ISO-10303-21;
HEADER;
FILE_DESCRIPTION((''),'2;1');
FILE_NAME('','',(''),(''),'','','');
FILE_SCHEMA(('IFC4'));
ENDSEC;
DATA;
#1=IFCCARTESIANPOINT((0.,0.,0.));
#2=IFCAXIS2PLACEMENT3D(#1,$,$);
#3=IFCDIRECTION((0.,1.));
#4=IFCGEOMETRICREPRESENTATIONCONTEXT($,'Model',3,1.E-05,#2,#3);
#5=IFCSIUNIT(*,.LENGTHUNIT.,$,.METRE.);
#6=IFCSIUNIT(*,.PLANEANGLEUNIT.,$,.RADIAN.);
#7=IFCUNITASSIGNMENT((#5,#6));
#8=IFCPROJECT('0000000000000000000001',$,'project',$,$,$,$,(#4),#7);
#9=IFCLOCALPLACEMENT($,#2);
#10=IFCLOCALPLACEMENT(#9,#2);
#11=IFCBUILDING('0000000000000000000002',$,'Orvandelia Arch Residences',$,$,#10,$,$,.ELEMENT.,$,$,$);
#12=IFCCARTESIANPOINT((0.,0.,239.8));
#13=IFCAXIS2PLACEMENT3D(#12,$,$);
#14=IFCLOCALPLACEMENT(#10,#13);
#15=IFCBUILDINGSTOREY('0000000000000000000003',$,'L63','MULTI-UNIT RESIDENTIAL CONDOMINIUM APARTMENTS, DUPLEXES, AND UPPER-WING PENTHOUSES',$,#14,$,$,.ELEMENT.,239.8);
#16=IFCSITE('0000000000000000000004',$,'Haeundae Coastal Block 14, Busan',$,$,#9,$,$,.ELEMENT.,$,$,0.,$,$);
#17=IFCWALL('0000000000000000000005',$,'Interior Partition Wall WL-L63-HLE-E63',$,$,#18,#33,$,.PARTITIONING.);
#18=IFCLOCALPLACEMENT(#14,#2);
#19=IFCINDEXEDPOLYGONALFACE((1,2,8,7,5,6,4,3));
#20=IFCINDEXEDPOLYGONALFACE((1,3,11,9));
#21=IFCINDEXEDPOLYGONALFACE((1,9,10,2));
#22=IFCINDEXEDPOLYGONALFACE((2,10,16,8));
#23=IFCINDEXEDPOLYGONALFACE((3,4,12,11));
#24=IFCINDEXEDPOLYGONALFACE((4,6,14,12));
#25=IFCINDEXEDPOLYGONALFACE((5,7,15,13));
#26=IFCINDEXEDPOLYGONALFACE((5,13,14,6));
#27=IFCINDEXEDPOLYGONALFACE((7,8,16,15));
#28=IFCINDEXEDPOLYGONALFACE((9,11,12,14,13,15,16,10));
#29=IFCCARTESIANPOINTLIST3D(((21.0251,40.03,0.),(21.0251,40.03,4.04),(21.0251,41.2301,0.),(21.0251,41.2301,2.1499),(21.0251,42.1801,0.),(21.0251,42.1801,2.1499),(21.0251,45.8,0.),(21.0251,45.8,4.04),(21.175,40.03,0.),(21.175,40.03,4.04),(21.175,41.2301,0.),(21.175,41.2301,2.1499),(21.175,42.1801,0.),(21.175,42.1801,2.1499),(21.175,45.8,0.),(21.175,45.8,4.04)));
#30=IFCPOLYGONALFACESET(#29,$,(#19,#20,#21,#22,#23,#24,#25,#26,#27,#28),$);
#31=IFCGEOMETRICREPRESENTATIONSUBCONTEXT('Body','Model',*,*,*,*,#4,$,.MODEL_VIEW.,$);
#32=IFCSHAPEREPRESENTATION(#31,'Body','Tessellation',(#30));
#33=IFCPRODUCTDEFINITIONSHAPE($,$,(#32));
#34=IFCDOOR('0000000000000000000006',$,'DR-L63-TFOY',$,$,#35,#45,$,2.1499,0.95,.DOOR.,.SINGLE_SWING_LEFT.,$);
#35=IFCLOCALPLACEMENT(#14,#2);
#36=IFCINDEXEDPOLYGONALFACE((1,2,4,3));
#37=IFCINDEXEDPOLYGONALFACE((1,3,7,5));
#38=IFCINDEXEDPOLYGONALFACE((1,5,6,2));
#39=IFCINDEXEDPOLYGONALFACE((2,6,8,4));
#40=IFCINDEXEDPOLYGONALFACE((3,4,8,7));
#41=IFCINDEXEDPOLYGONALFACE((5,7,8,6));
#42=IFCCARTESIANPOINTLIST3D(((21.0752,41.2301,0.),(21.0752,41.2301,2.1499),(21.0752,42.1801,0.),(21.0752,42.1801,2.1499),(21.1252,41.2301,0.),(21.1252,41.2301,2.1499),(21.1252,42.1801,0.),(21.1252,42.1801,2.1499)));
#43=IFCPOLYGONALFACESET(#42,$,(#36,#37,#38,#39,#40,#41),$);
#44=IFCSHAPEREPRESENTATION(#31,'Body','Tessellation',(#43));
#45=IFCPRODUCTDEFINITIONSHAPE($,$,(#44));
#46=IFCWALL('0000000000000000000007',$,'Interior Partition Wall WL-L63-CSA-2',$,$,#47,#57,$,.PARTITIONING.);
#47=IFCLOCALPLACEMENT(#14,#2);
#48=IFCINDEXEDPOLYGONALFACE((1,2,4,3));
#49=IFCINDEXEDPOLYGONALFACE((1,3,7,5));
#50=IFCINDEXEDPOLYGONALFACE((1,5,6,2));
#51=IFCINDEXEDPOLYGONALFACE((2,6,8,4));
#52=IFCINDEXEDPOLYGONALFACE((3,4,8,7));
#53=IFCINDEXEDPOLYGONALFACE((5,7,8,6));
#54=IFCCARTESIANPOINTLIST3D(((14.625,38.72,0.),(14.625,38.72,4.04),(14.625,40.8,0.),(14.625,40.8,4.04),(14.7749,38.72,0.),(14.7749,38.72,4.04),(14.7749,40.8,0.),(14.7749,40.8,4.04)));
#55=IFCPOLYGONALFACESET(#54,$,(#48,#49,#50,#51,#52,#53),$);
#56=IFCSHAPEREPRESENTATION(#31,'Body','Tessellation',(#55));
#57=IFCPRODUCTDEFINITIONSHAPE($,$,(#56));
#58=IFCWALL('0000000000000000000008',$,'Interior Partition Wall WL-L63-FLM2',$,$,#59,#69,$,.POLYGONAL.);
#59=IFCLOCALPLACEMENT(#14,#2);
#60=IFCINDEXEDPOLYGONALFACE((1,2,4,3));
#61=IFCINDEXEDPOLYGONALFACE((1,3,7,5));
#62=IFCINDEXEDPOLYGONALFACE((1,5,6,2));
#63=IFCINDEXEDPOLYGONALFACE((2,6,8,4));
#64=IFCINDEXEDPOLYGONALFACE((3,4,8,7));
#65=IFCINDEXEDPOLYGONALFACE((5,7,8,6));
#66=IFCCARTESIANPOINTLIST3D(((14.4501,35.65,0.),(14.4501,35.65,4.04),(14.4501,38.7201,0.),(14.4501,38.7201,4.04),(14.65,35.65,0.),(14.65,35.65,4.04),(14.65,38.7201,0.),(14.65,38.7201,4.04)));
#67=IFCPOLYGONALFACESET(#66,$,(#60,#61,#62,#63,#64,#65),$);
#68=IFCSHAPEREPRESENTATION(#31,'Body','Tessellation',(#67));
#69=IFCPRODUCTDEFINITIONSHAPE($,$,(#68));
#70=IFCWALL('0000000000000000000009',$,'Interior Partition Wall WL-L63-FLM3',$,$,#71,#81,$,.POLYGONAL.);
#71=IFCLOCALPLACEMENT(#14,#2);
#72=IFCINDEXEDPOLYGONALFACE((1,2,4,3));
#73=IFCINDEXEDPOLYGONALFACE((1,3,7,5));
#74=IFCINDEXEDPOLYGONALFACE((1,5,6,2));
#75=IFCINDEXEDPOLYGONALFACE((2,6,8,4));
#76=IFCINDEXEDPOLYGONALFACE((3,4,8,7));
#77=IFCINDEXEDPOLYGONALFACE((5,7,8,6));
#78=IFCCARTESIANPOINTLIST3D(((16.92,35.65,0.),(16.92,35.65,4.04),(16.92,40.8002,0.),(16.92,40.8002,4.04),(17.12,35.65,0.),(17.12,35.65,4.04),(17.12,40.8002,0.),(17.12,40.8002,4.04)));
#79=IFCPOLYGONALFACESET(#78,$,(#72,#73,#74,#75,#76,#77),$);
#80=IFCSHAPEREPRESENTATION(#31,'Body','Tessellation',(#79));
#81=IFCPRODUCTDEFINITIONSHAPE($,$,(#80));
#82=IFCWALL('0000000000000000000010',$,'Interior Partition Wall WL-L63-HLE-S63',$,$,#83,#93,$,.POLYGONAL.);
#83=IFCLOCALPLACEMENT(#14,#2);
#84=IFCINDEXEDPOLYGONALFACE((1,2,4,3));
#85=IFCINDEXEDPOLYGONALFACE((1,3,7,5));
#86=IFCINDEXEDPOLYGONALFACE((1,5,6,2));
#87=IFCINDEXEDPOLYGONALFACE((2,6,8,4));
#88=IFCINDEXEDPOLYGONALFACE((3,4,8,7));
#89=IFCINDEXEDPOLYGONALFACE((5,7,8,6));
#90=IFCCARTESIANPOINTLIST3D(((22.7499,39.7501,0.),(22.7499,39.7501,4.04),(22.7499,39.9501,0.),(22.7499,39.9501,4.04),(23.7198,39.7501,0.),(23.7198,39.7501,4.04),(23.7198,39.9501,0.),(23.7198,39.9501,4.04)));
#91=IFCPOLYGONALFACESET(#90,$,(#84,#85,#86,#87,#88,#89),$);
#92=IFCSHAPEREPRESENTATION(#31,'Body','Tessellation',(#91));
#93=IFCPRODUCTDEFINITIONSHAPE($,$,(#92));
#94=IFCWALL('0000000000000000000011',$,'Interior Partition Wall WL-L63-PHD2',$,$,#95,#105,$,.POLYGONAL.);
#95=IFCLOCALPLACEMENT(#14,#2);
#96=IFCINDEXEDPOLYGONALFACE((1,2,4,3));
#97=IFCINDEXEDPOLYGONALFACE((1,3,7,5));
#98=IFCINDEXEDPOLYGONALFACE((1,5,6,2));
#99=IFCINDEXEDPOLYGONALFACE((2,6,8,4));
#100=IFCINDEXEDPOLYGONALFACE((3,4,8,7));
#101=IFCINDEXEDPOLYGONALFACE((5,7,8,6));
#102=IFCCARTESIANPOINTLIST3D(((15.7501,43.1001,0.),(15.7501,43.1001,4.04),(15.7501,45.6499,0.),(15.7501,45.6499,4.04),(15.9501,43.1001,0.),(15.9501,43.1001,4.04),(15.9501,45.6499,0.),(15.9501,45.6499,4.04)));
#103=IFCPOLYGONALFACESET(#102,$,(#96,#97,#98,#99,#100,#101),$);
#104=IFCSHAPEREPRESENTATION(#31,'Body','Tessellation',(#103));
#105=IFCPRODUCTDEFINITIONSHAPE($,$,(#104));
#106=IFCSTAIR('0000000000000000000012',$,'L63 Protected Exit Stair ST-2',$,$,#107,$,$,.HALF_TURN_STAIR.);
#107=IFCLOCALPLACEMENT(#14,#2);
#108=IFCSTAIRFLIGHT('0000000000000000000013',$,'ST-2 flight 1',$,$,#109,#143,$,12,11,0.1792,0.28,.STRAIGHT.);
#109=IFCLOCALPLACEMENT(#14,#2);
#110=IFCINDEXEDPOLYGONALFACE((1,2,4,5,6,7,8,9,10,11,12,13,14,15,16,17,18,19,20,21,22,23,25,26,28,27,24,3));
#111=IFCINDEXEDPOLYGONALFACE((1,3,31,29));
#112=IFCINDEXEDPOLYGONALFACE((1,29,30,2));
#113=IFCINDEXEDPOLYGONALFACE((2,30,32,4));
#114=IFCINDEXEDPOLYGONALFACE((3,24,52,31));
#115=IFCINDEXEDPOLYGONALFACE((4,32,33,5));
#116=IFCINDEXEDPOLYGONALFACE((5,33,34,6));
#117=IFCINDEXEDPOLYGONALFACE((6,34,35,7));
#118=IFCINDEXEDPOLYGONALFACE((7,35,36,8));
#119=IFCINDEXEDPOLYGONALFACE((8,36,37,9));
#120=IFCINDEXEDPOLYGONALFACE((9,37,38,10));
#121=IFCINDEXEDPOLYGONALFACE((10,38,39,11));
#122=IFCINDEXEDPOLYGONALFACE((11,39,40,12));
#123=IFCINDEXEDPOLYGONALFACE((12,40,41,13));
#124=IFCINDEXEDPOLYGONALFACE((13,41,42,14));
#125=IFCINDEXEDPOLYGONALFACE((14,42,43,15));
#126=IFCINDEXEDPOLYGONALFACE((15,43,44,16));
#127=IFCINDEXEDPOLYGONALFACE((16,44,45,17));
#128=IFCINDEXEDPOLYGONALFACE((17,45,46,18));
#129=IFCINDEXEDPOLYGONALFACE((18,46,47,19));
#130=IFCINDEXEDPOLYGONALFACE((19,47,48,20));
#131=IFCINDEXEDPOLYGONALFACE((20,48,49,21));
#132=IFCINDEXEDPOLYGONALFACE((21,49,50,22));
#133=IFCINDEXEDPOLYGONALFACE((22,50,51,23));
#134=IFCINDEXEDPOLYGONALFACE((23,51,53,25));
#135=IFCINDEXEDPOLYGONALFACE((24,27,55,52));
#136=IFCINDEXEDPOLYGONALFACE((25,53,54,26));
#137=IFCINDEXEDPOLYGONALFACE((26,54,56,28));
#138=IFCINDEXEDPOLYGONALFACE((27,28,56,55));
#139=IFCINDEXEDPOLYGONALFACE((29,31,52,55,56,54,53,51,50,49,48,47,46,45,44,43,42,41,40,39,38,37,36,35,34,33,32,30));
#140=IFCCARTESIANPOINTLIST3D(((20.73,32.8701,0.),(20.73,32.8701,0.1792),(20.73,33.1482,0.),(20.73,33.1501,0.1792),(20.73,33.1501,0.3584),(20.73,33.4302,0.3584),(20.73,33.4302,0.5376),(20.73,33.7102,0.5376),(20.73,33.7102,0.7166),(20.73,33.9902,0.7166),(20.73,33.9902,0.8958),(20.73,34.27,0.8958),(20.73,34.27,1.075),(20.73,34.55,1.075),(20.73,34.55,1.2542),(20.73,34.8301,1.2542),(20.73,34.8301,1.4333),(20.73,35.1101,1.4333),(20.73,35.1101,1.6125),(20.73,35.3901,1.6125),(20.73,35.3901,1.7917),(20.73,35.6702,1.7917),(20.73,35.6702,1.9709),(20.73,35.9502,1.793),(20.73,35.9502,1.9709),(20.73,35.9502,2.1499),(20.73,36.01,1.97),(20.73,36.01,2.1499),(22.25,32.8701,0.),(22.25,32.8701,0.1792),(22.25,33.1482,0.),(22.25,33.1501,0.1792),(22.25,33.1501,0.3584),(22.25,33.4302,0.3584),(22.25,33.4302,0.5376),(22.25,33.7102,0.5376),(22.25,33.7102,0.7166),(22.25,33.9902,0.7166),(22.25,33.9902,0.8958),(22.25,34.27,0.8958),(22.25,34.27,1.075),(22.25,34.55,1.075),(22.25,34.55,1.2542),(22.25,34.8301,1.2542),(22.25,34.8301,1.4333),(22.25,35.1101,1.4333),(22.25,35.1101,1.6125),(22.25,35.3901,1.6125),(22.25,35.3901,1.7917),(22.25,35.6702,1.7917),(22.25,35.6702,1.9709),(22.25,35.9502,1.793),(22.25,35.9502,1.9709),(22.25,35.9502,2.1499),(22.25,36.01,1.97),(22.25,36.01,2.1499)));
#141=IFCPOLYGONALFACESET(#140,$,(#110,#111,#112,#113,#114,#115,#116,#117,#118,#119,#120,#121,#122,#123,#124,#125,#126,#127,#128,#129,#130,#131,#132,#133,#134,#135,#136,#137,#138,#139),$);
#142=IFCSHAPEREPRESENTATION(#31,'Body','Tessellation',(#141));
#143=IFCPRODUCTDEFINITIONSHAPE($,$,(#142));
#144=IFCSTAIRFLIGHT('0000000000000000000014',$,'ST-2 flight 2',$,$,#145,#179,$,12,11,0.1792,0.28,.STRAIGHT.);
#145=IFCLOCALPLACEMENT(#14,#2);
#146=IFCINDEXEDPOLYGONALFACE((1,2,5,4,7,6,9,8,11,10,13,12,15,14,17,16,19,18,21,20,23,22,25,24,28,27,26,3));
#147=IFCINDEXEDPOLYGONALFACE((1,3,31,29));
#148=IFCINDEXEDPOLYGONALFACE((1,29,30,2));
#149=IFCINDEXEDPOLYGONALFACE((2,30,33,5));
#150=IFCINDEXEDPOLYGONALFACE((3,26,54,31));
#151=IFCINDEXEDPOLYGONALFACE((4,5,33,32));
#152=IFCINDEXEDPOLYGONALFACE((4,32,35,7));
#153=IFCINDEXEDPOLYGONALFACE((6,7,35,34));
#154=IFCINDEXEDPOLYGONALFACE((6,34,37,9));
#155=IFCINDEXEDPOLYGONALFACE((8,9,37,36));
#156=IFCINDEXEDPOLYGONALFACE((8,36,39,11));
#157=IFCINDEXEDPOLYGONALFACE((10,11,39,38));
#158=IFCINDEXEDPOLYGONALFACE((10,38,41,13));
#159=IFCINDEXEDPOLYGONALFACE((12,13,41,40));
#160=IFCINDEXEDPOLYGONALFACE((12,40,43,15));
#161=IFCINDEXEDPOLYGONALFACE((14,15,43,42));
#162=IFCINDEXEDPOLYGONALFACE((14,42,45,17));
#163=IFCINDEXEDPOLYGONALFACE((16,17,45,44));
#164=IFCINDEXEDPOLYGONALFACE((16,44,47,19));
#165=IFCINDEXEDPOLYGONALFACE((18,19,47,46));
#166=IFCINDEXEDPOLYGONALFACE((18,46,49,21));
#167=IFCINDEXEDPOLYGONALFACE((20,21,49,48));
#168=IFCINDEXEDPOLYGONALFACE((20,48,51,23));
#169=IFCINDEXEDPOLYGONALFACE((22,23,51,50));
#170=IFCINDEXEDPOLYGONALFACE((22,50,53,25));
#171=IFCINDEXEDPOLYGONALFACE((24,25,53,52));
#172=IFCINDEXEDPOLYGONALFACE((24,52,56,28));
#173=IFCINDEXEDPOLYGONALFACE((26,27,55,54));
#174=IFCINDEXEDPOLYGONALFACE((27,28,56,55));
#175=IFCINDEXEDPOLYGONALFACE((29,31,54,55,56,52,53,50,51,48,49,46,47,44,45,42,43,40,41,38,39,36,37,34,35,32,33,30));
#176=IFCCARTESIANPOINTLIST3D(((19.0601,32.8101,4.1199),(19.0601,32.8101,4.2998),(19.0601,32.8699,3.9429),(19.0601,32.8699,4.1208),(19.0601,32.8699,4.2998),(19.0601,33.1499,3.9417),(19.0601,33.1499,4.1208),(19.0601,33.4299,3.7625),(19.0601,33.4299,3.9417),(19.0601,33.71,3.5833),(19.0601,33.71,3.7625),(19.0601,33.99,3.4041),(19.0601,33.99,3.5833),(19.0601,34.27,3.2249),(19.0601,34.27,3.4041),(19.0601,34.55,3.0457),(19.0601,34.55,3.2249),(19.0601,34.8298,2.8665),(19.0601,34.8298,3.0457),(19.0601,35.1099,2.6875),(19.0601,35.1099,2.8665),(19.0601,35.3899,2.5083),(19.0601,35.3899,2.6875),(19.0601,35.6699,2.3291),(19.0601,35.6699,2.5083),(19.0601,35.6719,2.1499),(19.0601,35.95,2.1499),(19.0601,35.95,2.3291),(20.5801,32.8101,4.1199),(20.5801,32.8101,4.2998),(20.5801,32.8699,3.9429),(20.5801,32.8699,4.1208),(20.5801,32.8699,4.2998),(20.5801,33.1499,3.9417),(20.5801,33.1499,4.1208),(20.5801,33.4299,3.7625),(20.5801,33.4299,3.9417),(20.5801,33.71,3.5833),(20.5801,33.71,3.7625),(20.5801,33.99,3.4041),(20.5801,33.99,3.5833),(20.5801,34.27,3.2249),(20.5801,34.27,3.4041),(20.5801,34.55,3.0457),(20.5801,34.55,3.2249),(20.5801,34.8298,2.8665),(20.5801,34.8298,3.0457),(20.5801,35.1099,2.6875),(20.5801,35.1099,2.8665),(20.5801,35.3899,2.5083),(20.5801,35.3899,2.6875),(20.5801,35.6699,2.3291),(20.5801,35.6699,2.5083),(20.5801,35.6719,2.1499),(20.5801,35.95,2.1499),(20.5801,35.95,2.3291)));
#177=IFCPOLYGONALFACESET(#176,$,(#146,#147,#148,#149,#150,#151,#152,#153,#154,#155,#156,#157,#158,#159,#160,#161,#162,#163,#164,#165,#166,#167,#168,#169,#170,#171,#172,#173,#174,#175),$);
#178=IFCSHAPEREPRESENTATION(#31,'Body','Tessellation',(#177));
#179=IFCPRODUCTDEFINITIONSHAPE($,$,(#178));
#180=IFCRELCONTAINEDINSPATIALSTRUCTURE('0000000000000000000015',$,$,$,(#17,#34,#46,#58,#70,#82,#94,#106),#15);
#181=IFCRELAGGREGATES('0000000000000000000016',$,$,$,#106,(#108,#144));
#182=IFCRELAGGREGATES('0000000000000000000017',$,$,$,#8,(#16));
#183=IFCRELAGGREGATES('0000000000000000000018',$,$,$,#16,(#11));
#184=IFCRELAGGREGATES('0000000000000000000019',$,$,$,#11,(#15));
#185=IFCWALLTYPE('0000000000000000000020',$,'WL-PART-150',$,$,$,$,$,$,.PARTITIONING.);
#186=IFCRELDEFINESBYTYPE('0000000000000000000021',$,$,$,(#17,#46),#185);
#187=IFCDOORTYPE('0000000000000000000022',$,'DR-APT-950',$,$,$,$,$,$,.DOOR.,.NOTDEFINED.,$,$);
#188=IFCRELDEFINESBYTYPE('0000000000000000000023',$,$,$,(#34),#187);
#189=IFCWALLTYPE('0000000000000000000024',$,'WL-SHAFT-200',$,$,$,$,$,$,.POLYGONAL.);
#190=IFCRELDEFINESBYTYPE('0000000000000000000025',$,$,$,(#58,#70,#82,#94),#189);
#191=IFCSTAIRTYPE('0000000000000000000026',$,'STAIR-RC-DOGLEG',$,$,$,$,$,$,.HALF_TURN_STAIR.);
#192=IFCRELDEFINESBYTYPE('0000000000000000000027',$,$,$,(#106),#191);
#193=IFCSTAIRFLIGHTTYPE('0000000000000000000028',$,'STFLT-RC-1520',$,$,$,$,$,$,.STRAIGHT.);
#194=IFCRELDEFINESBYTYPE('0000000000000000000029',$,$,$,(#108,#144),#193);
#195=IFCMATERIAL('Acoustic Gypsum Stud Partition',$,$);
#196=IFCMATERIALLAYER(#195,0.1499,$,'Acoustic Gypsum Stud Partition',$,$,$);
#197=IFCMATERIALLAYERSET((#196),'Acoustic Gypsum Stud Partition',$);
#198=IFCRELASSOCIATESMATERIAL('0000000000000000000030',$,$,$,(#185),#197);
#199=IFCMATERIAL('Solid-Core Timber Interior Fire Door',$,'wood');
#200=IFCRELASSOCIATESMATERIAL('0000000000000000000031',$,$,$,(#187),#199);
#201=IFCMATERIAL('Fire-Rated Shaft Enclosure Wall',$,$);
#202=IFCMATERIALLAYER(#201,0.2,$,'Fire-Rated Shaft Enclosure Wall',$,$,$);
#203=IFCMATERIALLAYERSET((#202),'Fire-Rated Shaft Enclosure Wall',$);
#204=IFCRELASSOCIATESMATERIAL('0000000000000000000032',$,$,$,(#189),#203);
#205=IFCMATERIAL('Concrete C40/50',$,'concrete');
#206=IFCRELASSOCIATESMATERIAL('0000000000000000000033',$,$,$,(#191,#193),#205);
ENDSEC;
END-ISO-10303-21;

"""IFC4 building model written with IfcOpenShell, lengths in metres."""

from ifc_helpers import new_model, si_unit, direction, frame, frame_2d, origin, place, context, subcontext, project, spatial, polyline, rectangle, outline, extrude, material, layer, layer_set, type_object, element, fill, aggregate, save


model = new_model("IFC4")

# Units and contexts
model_context = context("Model", 3, precision=1e-05, world=origin(), true_north=direction((0.0, 1.0)))
body_context = subcontext(model_context, "Body", "Model", "MODEL_VIEW")
ifc_project = project(units=[si_unit("LENGTHUNIT", "METRE"), si_unit("PLANEANGLEUNIT", "RADIAN")], contexts=[model_context])

# Site, building, storey
site_placement = place(None, origin())
site = spatial("IfcSite", under=ifc_project, at=site_placement, Name="Haeundae Coastal Block 14, Busan", CompositionType="ELEMENT", RefElevation=0.0)
building_placement = place(site_placement, origin())
building = spatial("IfcBuilding", under=site, at=building_placement, Name="Orvandelia Arch Residences", CompositionType="ELEMENT")
storey_placement = place(building_placement, frame((0.0, 0.0, 239.8)))
storey = spatial("IfcBuildingStorey", under=building, at=storey_placement, Name="L63", Description="MULTI-UNIT RESIDENTIAL CONDOMINIUM APARTMENTS, DUPLEXES, AND UPPER-WING PENTHOUSES", CompositionType="ELEMENT", Elevation=239.8)

# Wall, opening, door
ifc_material_1 = material(Name="Acoustic Gypsum Stud Partition")
ifc_layer_1 = layer(ifc_material_1, 0.1499, Name="Acoustic Gypsum Stud Partition")
ifc_layer_set_1 = layer_set([ifc_layer_1], Name="Acoustic Gypsum Stud Partition")
wall_type_1 = type_object("IfcWallType", Name="WL-PART-150", PredefinedType="PARTITIONING", material=ifc_layer_set_1)
wall_1_placement = place(storey_placement, frame((21.1001, 40.03, 0.0), z_axis=(0.0, 0.0, 1.0), x_axis=(0.0, 1.0, 0.0)))
wall_1 = element("IfcWall", 1, at=wall_1_placement, inside=storey, type_object=wall_type_1, Name="Interior Partition Wall WL-L63-HLE-E63", PredefinedType="PARTITIONING", context=body_context, shape_type="SweptSolid", body=[
    extrude(rectangle(XDim=5.77, YDim=0.1499, at=frame_2d((2.885, 0.0))), origin(), (0.0, 0.0, 1.0), 4.04),
])
opening_placement = place(wall_1_placement, frame((1.2, 0.0, 0.0)))
opening = element("IfcOpeningElement", 2, at=opening_placement, cuts=wall_1, PredefinedType="OPENING", context=body_context, shape_type="SweptSolid", body=[
    extrude(rectangle(XDim=0.95, YDim=2.1499, at=frame_2d((0.4751, 1.075))), frame((0.0, 0.085, 0.0), z_axis=(0.0, -1.0, 0.0), x_axis=(1.0, 0.0, 0.0)), (0.0, 0.0, 1.0), 0.1699),
])
ifc_material_2 = material(Name="Solid-Core Timber Interior Fire Door", Category="wood")
door_type = type_object("IfcDoorType", Name="DR-APT-950", OperationType="NOTDEFINED", PredefinedType="DOOR", material=ifc_material_2)
door_placement = place(opening_placement, origin())
door = element("IfcDoor", 3, at=door_placement, inside=storey, type_object=door_type, Name="DR-L63-TFOY", OperationType="SINGLE_SWING_LEFT", OverallHeight=2.1499, OverallWidth=0.95, PredefinedType="DOOR", context=body_context, shape_type="SweptSolid", body=[
    extrude(rectangle(XDim=0.95, YDim=2.1499, at=frame_2d((0.4751, 1.075))), frame((0.0, 0.0249, 0.0), z_axis=(0.0, -1.0, 0.0), x_axis=(1.0, 0.0, 0.0)), (0.0, 0.0, 1.0), 0.05),
])
fill(opening, door)

# Walls
wall_2_placement = place(storey_placement, frame((14.7, 38.72, 0.0), z_axis=(0.0, 0.0, 1.0), x_axis=(0.0, 1.0, 0.0)))
element("IfcWall", 4, at=wall_2_placement, inside=storey, type_object=wall_type_1, Name="Interior Partition Wall WL-L63-CSA-2", PredefinedType="PARTITIONING", context=body_context, shape_type="SweptSolid", body=[
    extrude(rectangle(XDim=2.0801, YDim=0.1499, at=frame_2d((1.04, 0.0))), origin(), (0.0, 0.0, 1.0), 4.04),
])
ifc_material_3 = material(Name="Fire-Rated Shaft Enclosure Wall")
ifc_layer_2 = layer(ifc_material_3, 0.2, Name="Fire-Rated Shaft Enclosure Wall")
ifc_layer_set_2 = layer_set([ifc_layer_2], Name="Fire-Rated Shaft Enclosure Wall")
wall_type_2 = type_object("IfcWallType", Name="WL-SHAFT-200", PredefinedType="POLYGONAL", material=ifc_layer_set_2)
wall_3_placement = place(storey_placement, frame((14.55, 35.6499, 0.0), z_axis=(0.0, 0.0, 1.0), x_axis=(0.0, 1.0, 0.0)))
element("IfcWall", 5, at=wall_3_placement, inside=storey, type_object=wall_type_2, Name="Interior Partition Wall WL-L63-FLM2", PredefinedType="POLYGONAL", context=body_context, shape_type="SweptSolid", body=[
    extrude(rectangle(XDim=3.0701, YDim=0.2, at=frame_2d((1.5352, 0.0))), origin(), (0.0, 0.0, 1.0), 4.04),
])
wall_4_placement = place(storey_placement, frame((17.02, 35.6499, 0.0), z_axis=(0.0, 0.0, 1.0), x_axis=(0.0, 1.0, 0.0)))
element("IfcWall", 6, at=wall_4_placement, inside=storey, type_object=wall_type_2, Name="Interior Partition Wall WL-L63-FLM3", PredefinedType="POLYGONAL", context=body_context, shape_type="SweptSolid", body=[
    extrude(rectangle(XDim=5.1501, YDim=0.2, at=frame_2d((2.5752, 0.0))), origin(), (0.0, 0.0, 1.0), 4.04),
])
wall_5_placement = place(storey_placement, frame((22.75, 39.8501, 0.0), z_axis=(0.0, 0.0, 1.0), x_axis=(1.0, 0.0, 0.0)))
element("IfcWall", 7, at=wall_5_placement, inside=storey, type_object=wall_type_2, Name="Interior Partition Wall WL-L63-HLE-S63", PredefinedType="POLYGONAL", context=body_context, shape_type="SweptSolid", body=[
    extrude(rectangle(XDim=0.97, YDim=0.2, at=frame_2d((0.4849, 0.0))), origin(), (0.0, 0.0, 1.0), 4.04),
])
wall_6_placement = place(storey_placement, frame((15.8501, 43.1001, 0.0), z_axis=(0.0, 0.0, 1.0), x_axis=(0.0, 1.0, 0.0)))
element("IfcWall", 8, at=wall_6_placement, inside=storey, type_object=wall_type_2, Name="Interior Partition Wall WL-L63-PHD2", PredefinedType="POLYGONAL", context=body_context, shape_type="SweptSolid", body=[
    extrude(rectangle(XDim=2.5498, YDim=0.2, at=frame_2d((1.2749, 0.0))), origin(), (0.0, 0.0, 1.0), 4.04),
])

# Stair, stair flights
ifc_material_4 = material(Name="Concrete C40/50", Category="concrete")
stair_type = type_object("IfcStairType", Name="STAIR-RC-DOGLEG", PredefinedType="HALF_TURN_STAIR", material=ifc_material_4)
stair_placement = place(storey_placement, origin())
stair = element("IfcStair", 9, at=stair_placement, inside=storey, type_object=stair_type, Name="L63 Protected Exit Stair ST-2", PredefinedType="HALF_TURN_STAIR")
stair_flight_type = type_object("IfcStairFlightType", Name="STFLT-RC-1520", PredefinedType="STRAIGHT", material=ifc_material_4)
stair_flight_1_placement = place(storey_placement, frame((21.49, 32.8701, 0.0), z_axis=(0.0, 0.0, 1.0), x_axis=(0.0, 1.0, 0.0)))
stair_flight_1 = element("IfcStairFlight", 10, at=stair_flight_1_placement, type_object=stair_flight_type, Name="ST-2 flight 1", NumberOfRisers=12, NumberOfTreads=11, PredefinedType="STRAIGHT", RiserHeight=0.1792, TreadLength=0.28, context=body_context, shape_type="SweptSolid", body=[
    extrude(outline(polyline([(0.0, 0.0), (0.0, 0.1792), (0.28, 0.1792), (0.28, 0.3584), (0.5601, 0.3584), (0.5601, 0.5376), (0.8401, 0.5376), (0.8401, 0.7166), (1.1201, 0.7166), (1.1201, 0.8958), (1.3999, 0.8958), (1.3999, 1.075), (1.6799, 1.075), (1.6799, 1.2542), (1.96, 1.2542), (1.96, 1.4333), (2.24, 1.4333), (2.24, 1.6125), (2.52, 1.6125), (2.52, 1.7917), (2.8, 1.7917), (2.8, 1.9709), (3.0801, 1.9709), (3.0801, 2.1499), (3.1399, 2.1499), (3.1399, 1.97), (3.0801, 1.793), (0.2781, 0.0), (0.0, 0.0)])), frame((0.0, 0.76, 0.0), z_axis=(0.0, -1.0, 0.0), x_axis=(1.0, 0.0, 0.0)), (0.0, 0.0, 1.0), 1.52),
])
stair_flight_2_placement = place(storey_placement, frame((19.8201, 35.95, 2.1499), z_axis=(0.0, 0.0, 1.0), x_axis=(0.0, -1.0, 0.0)))
stair_flight_2 = element("IfcStairFlight", 11, at=stair_flight_2_placement, type_object=stair_flight_type, Name="ST-2 flight 2", NumberOfRisers=12, NumberOfTreads=11, PredefinedType="STRAIGHT", RiserHeight=0.1792, TreadLength=0.28, context=body_context, shape_type="SweptSolid", body=[
    extrude(outline(polyline([(0.0, 0.0), (0.0, 0.1792), (0.28, 0.1792), (0.28, 0.3584), (0.5601, 0.3584), (0.5601, 0.5376), (0.8401, 0.5376), (0.8401, 0.7166), (1.1201, 0.7166), (1.1201, 0.8958), (1.3999, 0.8958), (1.3999, 1.075), (1.6799, 1.075), (1.6799, 1.2542), (1.96, 1.2542), (1.96, 1.4333), (2.24, 1.4333), (2.24, 1.6125), (2.52, 1.6125), (2.52, 1.7917), (2.8, 1.7917), (2.8, 1.9709), (3.0801, 1.9709), (3.0801, 2.1499), (3.1399, 2.1499), (3.1399, 1.97), (3.0801, 1.793), (0.2781, 0.0), (0.0, 0.0)])), frame((0.0, 0.76, 0.0), z_axis=(0.0, -1.0, 0.0), x_axis=(1.0, 0.0, 0.0)), (0.0, 0.0, 1.0), 1.52),
])
aggregate(stair, [stair_flight_1, stair_flight_2])

save(model, "model.ifc")
